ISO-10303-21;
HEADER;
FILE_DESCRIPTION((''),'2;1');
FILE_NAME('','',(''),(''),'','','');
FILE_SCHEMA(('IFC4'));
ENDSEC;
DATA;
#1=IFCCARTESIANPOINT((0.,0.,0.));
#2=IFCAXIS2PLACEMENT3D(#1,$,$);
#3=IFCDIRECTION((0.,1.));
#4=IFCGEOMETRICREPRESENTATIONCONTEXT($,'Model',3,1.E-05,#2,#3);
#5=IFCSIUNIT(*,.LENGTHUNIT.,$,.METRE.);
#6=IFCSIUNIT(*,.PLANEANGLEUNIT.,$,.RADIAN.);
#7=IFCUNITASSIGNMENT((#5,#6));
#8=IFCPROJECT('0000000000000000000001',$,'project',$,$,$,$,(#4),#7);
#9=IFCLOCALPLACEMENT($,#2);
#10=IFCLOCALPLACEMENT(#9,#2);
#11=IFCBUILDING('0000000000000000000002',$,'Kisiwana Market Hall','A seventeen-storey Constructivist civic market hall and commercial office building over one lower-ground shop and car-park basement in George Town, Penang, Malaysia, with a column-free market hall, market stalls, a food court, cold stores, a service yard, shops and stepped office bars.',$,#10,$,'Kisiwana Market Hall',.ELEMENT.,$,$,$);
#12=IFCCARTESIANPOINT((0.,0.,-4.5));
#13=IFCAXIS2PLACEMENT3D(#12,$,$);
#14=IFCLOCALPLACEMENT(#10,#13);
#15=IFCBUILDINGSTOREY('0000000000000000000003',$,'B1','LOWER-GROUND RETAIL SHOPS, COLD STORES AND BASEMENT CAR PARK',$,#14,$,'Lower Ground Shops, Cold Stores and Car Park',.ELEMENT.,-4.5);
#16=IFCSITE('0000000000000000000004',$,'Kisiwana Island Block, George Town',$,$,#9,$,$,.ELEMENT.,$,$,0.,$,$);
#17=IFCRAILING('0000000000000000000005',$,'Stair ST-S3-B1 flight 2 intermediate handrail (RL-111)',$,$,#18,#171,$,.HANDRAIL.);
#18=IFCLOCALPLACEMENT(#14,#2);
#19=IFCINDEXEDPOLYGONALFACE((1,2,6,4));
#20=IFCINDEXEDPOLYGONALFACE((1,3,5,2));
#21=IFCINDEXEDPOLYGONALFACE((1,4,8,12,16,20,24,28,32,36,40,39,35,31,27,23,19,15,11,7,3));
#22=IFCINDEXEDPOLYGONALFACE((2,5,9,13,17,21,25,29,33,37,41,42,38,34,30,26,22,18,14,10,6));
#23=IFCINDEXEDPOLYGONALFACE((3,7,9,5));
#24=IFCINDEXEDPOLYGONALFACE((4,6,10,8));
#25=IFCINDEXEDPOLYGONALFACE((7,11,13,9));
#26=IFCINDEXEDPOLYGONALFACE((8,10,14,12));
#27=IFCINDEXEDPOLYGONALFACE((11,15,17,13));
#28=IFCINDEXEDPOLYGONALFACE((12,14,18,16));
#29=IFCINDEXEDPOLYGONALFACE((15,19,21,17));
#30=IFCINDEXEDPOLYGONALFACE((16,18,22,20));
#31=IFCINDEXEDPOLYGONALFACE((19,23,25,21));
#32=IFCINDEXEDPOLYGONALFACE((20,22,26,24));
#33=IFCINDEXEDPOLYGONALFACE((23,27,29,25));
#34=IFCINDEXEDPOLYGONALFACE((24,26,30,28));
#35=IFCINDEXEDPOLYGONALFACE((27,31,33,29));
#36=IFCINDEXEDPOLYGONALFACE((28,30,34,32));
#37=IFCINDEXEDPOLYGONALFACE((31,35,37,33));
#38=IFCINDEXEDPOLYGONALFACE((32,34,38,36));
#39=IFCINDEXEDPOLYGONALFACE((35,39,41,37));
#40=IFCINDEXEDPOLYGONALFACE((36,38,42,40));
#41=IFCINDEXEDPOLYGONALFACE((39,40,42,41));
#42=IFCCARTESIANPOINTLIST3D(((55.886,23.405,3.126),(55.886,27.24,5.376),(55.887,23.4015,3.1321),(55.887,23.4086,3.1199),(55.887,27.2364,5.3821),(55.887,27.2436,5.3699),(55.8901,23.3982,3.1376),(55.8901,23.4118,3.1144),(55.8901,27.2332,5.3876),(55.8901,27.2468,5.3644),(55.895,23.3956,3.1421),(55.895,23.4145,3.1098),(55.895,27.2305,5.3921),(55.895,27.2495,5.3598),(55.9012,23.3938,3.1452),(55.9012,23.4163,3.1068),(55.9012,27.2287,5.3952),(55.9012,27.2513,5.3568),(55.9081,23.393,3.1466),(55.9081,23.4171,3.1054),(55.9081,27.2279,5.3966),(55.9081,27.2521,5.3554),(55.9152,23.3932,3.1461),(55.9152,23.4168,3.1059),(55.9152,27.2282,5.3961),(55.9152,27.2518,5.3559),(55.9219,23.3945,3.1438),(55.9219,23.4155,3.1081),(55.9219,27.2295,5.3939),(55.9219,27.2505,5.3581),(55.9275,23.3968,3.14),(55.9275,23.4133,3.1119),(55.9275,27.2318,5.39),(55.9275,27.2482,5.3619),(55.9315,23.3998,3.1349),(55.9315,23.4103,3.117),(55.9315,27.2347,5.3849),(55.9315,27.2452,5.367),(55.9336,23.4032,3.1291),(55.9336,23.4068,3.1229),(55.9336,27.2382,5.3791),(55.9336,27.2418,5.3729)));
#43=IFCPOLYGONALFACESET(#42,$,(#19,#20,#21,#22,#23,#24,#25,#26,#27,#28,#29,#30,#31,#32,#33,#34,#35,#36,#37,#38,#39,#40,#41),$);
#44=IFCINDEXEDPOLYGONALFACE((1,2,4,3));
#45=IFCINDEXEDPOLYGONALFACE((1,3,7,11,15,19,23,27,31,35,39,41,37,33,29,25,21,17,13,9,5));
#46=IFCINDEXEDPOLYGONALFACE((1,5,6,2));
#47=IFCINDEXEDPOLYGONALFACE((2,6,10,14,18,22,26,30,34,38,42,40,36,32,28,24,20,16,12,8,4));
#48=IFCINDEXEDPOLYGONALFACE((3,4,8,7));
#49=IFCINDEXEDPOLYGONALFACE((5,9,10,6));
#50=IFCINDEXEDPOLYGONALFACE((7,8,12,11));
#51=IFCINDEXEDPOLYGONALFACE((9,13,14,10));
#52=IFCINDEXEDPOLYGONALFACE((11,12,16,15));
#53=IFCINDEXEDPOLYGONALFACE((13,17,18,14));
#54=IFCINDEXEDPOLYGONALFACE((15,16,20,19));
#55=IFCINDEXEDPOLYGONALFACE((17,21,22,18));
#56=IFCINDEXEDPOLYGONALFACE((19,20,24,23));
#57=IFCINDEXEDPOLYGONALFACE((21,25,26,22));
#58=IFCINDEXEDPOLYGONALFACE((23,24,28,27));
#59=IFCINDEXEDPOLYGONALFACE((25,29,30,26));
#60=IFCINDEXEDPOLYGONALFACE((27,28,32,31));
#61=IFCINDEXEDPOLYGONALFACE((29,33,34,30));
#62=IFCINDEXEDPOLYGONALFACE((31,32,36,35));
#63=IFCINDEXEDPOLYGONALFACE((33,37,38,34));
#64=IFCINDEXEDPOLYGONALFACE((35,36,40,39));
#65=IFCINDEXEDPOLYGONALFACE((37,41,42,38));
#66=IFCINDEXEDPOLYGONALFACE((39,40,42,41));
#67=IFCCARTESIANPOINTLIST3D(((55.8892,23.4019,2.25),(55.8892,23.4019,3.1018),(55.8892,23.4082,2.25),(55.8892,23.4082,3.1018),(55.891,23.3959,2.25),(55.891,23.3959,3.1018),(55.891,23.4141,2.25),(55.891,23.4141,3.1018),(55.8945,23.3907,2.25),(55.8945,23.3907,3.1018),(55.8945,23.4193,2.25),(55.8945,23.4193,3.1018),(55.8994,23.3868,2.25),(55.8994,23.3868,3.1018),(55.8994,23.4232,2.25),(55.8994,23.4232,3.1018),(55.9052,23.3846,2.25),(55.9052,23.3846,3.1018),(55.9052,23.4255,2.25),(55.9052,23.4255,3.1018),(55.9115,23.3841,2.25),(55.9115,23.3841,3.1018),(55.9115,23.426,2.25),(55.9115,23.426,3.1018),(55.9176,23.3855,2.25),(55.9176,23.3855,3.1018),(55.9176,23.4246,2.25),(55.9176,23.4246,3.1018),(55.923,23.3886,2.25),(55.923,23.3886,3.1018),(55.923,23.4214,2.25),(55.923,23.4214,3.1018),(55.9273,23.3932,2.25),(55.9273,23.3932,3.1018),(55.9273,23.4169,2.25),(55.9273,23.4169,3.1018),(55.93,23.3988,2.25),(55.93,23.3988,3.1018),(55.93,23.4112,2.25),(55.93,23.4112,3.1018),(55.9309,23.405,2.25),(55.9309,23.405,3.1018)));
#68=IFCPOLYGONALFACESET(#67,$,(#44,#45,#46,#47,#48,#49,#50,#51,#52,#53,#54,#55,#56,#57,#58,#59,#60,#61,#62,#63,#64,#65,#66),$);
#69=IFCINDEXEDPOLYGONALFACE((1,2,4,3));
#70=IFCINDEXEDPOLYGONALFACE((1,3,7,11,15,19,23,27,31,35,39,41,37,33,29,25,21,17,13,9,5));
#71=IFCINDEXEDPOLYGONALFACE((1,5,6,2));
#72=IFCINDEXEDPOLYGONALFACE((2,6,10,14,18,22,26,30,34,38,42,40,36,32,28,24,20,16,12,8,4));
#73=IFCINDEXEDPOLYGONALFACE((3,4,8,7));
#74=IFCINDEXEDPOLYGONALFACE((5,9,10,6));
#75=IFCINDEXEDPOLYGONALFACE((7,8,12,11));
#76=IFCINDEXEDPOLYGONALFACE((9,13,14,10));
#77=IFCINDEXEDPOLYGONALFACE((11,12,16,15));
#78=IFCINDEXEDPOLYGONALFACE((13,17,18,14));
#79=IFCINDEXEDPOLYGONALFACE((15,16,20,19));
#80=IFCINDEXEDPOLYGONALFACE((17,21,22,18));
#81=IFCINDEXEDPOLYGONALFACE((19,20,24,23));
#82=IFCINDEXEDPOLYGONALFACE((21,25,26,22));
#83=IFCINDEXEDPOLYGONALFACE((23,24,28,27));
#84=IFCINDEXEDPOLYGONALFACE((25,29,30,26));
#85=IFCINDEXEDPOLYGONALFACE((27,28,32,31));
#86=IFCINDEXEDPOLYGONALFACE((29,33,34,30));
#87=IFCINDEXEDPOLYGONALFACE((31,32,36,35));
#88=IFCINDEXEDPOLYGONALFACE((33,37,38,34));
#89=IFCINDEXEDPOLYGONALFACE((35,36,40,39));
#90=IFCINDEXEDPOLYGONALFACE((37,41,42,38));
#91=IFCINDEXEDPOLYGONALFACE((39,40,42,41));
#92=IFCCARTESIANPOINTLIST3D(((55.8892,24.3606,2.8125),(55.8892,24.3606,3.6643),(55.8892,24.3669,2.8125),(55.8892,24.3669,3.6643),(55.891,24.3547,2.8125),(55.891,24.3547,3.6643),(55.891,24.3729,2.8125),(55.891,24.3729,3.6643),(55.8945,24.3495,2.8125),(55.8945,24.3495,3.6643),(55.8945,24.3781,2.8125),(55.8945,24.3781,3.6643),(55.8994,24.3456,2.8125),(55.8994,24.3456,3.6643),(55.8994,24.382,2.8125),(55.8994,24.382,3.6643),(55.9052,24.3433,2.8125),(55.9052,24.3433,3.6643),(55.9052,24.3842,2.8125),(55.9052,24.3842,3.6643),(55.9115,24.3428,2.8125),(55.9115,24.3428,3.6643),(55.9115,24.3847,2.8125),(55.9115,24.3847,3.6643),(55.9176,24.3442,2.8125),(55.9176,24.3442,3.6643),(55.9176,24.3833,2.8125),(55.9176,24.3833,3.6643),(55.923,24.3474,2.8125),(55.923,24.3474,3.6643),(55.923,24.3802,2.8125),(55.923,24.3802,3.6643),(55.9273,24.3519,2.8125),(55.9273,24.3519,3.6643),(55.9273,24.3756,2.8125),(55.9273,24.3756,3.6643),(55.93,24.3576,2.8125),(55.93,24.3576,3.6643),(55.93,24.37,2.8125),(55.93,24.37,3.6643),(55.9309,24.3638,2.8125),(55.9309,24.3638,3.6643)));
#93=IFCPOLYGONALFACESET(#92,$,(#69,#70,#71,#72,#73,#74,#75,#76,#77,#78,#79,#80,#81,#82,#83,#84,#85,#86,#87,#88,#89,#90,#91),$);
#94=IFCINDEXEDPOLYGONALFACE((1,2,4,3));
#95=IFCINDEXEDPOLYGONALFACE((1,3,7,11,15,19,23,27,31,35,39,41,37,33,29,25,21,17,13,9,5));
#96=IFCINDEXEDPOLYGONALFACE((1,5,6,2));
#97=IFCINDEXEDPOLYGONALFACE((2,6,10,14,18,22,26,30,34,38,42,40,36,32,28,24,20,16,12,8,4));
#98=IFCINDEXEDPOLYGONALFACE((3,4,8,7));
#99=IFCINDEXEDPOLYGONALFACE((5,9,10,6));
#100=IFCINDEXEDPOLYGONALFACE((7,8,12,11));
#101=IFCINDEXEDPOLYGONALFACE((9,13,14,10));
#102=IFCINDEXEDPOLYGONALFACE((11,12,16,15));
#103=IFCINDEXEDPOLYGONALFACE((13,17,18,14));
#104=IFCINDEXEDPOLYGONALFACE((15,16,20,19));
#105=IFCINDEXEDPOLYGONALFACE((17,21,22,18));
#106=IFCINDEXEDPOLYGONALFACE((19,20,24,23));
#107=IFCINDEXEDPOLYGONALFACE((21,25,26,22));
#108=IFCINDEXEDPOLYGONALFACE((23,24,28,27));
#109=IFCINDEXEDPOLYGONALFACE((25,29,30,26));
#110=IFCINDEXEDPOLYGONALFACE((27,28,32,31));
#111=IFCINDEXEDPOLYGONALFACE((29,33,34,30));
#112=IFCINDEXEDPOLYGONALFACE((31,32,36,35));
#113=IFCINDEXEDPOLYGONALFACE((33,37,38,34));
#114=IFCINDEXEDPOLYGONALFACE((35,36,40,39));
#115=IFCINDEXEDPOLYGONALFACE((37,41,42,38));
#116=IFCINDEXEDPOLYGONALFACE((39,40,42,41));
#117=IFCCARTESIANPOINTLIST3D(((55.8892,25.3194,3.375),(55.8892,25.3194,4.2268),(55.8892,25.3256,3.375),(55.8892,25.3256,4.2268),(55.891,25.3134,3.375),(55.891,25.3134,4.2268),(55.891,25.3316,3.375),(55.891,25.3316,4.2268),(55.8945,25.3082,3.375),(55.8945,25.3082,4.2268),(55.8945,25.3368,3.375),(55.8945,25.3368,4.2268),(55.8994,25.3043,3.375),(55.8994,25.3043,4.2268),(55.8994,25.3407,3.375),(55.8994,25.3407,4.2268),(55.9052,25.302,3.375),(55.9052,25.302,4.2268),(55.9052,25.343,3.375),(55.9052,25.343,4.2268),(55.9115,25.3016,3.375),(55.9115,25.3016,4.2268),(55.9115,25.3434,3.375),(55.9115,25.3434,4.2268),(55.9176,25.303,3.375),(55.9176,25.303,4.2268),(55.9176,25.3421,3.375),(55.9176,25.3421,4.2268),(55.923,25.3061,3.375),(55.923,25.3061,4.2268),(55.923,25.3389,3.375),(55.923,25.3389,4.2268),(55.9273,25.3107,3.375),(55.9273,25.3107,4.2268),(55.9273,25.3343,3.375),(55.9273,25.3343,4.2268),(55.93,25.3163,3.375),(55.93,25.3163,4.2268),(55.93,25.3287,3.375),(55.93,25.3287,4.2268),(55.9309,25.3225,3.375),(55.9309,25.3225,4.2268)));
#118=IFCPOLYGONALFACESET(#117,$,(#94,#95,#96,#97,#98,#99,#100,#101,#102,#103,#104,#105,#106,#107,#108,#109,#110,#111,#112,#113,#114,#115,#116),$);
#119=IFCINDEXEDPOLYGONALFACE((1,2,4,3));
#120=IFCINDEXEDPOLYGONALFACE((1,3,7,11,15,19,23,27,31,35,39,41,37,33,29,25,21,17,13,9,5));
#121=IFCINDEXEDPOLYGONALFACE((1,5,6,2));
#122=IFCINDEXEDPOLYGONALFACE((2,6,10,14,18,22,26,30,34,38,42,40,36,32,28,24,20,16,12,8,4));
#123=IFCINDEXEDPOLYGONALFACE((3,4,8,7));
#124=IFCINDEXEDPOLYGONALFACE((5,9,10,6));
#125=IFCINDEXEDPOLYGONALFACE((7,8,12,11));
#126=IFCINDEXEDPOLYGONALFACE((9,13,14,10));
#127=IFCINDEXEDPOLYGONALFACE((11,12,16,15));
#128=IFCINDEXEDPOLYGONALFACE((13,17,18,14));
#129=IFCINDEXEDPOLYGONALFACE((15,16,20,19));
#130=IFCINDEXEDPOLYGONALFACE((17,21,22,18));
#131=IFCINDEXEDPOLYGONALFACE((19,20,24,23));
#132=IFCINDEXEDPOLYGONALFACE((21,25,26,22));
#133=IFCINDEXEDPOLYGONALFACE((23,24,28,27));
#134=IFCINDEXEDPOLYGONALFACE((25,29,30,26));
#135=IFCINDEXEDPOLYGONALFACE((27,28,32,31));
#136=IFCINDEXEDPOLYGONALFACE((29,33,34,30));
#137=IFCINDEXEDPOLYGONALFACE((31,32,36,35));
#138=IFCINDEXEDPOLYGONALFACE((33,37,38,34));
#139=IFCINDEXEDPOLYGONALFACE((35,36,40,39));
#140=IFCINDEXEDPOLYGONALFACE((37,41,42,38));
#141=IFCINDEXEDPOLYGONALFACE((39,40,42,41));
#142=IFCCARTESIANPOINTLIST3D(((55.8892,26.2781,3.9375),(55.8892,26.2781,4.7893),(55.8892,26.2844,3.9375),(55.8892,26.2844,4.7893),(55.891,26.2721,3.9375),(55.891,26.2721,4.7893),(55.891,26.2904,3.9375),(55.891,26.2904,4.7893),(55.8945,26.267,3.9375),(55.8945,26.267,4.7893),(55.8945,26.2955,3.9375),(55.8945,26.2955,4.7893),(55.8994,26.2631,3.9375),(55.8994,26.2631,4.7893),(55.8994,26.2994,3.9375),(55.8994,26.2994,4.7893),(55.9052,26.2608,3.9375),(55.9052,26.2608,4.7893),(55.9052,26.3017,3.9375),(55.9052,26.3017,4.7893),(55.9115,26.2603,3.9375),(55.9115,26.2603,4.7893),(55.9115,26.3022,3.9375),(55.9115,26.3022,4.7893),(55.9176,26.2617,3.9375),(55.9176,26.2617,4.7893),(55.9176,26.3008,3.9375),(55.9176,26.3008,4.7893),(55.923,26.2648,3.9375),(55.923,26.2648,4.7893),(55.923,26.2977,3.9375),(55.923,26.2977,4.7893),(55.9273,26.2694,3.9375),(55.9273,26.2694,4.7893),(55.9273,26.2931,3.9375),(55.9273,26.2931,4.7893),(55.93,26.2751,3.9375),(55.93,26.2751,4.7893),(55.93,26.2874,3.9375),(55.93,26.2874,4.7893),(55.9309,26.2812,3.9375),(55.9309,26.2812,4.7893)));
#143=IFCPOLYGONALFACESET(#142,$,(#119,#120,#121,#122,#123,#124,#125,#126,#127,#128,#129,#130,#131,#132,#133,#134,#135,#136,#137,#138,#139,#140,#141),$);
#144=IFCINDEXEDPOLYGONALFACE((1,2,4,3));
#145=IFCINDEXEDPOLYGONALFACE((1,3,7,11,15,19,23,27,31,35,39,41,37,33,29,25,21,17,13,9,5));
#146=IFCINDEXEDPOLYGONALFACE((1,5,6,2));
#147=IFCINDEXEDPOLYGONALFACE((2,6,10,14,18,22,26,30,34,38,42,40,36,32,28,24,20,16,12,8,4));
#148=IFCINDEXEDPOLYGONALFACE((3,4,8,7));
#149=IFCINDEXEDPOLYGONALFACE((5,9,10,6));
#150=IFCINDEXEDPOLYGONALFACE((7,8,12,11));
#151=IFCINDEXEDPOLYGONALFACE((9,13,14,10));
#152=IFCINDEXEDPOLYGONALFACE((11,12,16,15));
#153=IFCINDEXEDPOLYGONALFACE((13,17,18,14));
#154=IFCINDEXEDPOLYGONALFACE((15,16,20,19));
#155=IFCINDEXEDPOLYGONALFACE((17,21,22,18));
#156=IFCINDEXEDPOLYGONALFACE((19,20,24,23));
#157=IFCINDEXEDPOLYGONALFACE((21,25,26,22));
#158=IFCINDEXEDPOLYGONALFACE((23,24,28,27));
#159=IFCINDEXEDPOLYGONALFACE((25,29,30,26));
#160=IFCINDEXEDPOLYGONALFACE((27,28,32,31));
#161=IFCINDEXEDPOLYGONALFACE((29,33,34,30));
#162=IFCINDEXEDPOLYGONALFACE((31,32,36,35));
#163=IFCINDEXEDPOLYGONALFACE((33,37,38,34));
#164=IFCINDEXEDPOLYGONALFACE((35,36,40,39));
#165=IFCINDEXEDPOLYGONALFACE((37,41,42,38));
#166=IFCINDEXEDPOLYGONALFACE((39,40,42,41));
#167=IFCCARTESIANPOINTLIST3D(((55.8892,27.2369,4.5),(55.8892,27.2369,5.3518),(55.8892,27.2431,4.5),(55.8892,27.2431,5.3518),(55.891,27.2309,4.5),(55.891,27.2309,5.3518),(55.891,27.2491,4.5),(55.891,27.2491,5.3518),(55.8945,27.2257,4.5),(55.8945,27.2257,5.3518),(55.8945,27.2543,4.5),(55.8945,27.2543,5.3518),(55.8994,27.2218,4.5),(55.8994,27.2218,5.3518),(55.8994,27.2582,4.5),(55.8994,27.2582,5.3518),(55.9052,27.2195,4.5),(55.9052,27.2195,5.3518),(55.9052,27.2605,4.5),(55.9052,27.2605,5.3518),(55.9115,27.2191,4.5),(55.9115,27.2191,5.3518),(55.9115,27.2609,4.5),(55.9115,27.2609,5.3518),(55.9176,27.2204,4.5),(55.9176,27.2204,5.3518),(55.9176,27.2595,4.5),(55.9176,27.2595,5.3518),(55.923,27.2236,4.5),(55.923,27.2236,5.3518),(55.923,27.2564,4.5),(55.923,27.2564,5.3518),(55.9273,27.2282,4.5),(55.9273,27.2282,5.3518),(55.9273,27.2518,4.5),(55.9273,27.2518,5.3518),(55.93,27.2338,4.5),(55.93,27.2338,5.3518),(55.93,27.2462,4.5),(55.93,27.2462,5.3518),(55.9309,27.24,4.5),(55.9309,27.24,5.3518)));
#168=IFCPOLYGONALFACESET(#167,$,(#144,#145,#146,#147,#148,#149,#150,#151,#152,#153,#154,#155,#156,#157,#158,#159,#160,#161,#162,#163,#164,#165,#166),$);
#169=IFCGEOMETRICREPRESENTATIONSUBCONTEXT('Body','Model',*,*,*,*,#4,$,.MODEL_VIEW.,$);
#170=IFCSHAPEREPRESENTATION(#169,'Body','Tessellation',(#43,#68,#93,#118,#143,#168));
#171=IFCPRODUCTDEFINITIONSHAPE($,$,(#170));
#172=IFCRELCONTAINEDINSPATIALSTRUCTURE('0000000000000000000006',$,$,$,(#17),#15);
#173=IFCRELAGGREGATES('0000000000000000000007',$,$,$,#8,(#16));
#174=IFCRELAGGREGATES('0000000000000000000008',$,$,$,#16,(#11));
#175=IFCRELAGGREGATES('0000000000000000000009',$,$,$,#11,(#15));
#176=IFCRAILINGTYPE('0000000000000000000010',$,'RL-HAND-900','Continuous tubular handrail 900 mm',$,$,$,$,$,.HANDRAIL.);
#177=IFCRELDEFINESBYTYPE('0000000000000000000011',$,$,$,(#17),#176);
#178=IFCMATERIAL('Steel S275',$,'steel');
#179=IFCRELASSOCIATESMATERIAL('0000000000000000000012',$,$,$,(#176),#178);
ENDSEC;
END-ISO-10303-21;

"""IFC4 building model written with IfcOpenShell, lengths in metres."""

from ifc_helpers import new_model, si_unit, direction, frame, origin, origin_2d, place, context, subcontext, project, spatial, circle, extrude, material, type_object, element, save


model = new_model("IFC4")

# Units and contexts
model_context = context("Model", 3, precision=1e-05, world=origin(), true_north=direction((0.0, 1.0)))
body_context = subcontext(model_context, "Body", "Model", "MODEL_VIEW")
ifc_project = project(units=[si_unit("LENGTHUNIT", "METRE"), si_unit("PLANEANGLEUNIT", "RADIAN")], contexts=[model_context])

# Site, building, storey
site_placement = place(None, origin())
site = spatial("IfcSite", under=ifc_project, at=site_placement, Name="Kisiwana Island Block, George Town", CompositionType="ELEMENT", RefElevation=0.0)
building_placement = place(site_placement, origin())
building = spatial("IfcBuilding", under=site, at=building_placement, Name="Kisiwana Market Hall", Description="A seventeen-storey Constructivist civic market hall and commercial office building over one lower-ground shop and car-park basement in George Town, Penang, Malaysia, with a column-free market hall, market stalls, a food court, cold stores, a service yard, shops and stepped office bars.", LongName="Kisiwana Market Hall", CompositionType="ELEMENT")
storey_placement = place(building_placement, frame((0.0, 0.0, -4.5)))
storey = spatial("IfcBuildingStorey", under=building, at=storey_placement, Name="B1", Description="LOWER-GROUND RETAIL SHOPS, COLD STORES AND BASEMENT CAR PARK", LongName="Lower Ground Shops, Cold Stores and Car Park", CompositionType="ELEMENT", Elevation=-4.5)

# Railing
ifc_material_1 = material(Name="Steel S275", Category="steel")
railing_type_1 = type_object("IfcRailingType", Name="RL-HAND-900", Description="Continuous tubular handrail 900 mm", PredefinedType="HANDRAIL", material=ifc_material_1)
railing_1_placement = place(storey_placement, frame((55.9099, 23.405, 2.25)))
element("IfcRailing", 1, at=railing_1_placement, inside=storey, type_object=railing_type_1, Name="Stair ST-S3-B1 flight 2 intermediate handrail (RL-111)", PredefinedType="HANDRAIL", context=body_context, shape_type="SweptSolid", body=[
    extrude(circle(Radius=0.0239, at=origin_2d()), frame((0.0, 0.0, 0.876), z_axis=(0.0, 0.86251, 0.506041), x_axis=(-1.0, 0.0, 0.0)), (0.0, 0.0, 1.0), 4.4463),
    extrude(circle(Radius=0.021, at=origin_2d()), origin(), (0.0, 0.0, 1.0), 0.8518),
    extrude(circle(Radius=0.021, at=origin_2d()), frame((0.0, 0.9587, 0.5625)), (0.0, 0.0, 1.0), 0.8518),
    extrude(circle(Radius=0.021, at=origin_2d()), frame((0.0, 1.9175, 1.125)), (0.0, 0.0, 1.0), 0.8518),
    extrude(circle(Radius=0.021, at=origin_2d()), frame((0.0, 2.8762, 1.6875)), (0.0, 0.0, 1.0), 0.8518),
    extrude(circle(Radius=0.021, at=origin_2d()), frame((0.0, 3.835, 2.25)), (0.0, 0.0, 1.0), 0.8518),
])

save(model, "model.ifc")
